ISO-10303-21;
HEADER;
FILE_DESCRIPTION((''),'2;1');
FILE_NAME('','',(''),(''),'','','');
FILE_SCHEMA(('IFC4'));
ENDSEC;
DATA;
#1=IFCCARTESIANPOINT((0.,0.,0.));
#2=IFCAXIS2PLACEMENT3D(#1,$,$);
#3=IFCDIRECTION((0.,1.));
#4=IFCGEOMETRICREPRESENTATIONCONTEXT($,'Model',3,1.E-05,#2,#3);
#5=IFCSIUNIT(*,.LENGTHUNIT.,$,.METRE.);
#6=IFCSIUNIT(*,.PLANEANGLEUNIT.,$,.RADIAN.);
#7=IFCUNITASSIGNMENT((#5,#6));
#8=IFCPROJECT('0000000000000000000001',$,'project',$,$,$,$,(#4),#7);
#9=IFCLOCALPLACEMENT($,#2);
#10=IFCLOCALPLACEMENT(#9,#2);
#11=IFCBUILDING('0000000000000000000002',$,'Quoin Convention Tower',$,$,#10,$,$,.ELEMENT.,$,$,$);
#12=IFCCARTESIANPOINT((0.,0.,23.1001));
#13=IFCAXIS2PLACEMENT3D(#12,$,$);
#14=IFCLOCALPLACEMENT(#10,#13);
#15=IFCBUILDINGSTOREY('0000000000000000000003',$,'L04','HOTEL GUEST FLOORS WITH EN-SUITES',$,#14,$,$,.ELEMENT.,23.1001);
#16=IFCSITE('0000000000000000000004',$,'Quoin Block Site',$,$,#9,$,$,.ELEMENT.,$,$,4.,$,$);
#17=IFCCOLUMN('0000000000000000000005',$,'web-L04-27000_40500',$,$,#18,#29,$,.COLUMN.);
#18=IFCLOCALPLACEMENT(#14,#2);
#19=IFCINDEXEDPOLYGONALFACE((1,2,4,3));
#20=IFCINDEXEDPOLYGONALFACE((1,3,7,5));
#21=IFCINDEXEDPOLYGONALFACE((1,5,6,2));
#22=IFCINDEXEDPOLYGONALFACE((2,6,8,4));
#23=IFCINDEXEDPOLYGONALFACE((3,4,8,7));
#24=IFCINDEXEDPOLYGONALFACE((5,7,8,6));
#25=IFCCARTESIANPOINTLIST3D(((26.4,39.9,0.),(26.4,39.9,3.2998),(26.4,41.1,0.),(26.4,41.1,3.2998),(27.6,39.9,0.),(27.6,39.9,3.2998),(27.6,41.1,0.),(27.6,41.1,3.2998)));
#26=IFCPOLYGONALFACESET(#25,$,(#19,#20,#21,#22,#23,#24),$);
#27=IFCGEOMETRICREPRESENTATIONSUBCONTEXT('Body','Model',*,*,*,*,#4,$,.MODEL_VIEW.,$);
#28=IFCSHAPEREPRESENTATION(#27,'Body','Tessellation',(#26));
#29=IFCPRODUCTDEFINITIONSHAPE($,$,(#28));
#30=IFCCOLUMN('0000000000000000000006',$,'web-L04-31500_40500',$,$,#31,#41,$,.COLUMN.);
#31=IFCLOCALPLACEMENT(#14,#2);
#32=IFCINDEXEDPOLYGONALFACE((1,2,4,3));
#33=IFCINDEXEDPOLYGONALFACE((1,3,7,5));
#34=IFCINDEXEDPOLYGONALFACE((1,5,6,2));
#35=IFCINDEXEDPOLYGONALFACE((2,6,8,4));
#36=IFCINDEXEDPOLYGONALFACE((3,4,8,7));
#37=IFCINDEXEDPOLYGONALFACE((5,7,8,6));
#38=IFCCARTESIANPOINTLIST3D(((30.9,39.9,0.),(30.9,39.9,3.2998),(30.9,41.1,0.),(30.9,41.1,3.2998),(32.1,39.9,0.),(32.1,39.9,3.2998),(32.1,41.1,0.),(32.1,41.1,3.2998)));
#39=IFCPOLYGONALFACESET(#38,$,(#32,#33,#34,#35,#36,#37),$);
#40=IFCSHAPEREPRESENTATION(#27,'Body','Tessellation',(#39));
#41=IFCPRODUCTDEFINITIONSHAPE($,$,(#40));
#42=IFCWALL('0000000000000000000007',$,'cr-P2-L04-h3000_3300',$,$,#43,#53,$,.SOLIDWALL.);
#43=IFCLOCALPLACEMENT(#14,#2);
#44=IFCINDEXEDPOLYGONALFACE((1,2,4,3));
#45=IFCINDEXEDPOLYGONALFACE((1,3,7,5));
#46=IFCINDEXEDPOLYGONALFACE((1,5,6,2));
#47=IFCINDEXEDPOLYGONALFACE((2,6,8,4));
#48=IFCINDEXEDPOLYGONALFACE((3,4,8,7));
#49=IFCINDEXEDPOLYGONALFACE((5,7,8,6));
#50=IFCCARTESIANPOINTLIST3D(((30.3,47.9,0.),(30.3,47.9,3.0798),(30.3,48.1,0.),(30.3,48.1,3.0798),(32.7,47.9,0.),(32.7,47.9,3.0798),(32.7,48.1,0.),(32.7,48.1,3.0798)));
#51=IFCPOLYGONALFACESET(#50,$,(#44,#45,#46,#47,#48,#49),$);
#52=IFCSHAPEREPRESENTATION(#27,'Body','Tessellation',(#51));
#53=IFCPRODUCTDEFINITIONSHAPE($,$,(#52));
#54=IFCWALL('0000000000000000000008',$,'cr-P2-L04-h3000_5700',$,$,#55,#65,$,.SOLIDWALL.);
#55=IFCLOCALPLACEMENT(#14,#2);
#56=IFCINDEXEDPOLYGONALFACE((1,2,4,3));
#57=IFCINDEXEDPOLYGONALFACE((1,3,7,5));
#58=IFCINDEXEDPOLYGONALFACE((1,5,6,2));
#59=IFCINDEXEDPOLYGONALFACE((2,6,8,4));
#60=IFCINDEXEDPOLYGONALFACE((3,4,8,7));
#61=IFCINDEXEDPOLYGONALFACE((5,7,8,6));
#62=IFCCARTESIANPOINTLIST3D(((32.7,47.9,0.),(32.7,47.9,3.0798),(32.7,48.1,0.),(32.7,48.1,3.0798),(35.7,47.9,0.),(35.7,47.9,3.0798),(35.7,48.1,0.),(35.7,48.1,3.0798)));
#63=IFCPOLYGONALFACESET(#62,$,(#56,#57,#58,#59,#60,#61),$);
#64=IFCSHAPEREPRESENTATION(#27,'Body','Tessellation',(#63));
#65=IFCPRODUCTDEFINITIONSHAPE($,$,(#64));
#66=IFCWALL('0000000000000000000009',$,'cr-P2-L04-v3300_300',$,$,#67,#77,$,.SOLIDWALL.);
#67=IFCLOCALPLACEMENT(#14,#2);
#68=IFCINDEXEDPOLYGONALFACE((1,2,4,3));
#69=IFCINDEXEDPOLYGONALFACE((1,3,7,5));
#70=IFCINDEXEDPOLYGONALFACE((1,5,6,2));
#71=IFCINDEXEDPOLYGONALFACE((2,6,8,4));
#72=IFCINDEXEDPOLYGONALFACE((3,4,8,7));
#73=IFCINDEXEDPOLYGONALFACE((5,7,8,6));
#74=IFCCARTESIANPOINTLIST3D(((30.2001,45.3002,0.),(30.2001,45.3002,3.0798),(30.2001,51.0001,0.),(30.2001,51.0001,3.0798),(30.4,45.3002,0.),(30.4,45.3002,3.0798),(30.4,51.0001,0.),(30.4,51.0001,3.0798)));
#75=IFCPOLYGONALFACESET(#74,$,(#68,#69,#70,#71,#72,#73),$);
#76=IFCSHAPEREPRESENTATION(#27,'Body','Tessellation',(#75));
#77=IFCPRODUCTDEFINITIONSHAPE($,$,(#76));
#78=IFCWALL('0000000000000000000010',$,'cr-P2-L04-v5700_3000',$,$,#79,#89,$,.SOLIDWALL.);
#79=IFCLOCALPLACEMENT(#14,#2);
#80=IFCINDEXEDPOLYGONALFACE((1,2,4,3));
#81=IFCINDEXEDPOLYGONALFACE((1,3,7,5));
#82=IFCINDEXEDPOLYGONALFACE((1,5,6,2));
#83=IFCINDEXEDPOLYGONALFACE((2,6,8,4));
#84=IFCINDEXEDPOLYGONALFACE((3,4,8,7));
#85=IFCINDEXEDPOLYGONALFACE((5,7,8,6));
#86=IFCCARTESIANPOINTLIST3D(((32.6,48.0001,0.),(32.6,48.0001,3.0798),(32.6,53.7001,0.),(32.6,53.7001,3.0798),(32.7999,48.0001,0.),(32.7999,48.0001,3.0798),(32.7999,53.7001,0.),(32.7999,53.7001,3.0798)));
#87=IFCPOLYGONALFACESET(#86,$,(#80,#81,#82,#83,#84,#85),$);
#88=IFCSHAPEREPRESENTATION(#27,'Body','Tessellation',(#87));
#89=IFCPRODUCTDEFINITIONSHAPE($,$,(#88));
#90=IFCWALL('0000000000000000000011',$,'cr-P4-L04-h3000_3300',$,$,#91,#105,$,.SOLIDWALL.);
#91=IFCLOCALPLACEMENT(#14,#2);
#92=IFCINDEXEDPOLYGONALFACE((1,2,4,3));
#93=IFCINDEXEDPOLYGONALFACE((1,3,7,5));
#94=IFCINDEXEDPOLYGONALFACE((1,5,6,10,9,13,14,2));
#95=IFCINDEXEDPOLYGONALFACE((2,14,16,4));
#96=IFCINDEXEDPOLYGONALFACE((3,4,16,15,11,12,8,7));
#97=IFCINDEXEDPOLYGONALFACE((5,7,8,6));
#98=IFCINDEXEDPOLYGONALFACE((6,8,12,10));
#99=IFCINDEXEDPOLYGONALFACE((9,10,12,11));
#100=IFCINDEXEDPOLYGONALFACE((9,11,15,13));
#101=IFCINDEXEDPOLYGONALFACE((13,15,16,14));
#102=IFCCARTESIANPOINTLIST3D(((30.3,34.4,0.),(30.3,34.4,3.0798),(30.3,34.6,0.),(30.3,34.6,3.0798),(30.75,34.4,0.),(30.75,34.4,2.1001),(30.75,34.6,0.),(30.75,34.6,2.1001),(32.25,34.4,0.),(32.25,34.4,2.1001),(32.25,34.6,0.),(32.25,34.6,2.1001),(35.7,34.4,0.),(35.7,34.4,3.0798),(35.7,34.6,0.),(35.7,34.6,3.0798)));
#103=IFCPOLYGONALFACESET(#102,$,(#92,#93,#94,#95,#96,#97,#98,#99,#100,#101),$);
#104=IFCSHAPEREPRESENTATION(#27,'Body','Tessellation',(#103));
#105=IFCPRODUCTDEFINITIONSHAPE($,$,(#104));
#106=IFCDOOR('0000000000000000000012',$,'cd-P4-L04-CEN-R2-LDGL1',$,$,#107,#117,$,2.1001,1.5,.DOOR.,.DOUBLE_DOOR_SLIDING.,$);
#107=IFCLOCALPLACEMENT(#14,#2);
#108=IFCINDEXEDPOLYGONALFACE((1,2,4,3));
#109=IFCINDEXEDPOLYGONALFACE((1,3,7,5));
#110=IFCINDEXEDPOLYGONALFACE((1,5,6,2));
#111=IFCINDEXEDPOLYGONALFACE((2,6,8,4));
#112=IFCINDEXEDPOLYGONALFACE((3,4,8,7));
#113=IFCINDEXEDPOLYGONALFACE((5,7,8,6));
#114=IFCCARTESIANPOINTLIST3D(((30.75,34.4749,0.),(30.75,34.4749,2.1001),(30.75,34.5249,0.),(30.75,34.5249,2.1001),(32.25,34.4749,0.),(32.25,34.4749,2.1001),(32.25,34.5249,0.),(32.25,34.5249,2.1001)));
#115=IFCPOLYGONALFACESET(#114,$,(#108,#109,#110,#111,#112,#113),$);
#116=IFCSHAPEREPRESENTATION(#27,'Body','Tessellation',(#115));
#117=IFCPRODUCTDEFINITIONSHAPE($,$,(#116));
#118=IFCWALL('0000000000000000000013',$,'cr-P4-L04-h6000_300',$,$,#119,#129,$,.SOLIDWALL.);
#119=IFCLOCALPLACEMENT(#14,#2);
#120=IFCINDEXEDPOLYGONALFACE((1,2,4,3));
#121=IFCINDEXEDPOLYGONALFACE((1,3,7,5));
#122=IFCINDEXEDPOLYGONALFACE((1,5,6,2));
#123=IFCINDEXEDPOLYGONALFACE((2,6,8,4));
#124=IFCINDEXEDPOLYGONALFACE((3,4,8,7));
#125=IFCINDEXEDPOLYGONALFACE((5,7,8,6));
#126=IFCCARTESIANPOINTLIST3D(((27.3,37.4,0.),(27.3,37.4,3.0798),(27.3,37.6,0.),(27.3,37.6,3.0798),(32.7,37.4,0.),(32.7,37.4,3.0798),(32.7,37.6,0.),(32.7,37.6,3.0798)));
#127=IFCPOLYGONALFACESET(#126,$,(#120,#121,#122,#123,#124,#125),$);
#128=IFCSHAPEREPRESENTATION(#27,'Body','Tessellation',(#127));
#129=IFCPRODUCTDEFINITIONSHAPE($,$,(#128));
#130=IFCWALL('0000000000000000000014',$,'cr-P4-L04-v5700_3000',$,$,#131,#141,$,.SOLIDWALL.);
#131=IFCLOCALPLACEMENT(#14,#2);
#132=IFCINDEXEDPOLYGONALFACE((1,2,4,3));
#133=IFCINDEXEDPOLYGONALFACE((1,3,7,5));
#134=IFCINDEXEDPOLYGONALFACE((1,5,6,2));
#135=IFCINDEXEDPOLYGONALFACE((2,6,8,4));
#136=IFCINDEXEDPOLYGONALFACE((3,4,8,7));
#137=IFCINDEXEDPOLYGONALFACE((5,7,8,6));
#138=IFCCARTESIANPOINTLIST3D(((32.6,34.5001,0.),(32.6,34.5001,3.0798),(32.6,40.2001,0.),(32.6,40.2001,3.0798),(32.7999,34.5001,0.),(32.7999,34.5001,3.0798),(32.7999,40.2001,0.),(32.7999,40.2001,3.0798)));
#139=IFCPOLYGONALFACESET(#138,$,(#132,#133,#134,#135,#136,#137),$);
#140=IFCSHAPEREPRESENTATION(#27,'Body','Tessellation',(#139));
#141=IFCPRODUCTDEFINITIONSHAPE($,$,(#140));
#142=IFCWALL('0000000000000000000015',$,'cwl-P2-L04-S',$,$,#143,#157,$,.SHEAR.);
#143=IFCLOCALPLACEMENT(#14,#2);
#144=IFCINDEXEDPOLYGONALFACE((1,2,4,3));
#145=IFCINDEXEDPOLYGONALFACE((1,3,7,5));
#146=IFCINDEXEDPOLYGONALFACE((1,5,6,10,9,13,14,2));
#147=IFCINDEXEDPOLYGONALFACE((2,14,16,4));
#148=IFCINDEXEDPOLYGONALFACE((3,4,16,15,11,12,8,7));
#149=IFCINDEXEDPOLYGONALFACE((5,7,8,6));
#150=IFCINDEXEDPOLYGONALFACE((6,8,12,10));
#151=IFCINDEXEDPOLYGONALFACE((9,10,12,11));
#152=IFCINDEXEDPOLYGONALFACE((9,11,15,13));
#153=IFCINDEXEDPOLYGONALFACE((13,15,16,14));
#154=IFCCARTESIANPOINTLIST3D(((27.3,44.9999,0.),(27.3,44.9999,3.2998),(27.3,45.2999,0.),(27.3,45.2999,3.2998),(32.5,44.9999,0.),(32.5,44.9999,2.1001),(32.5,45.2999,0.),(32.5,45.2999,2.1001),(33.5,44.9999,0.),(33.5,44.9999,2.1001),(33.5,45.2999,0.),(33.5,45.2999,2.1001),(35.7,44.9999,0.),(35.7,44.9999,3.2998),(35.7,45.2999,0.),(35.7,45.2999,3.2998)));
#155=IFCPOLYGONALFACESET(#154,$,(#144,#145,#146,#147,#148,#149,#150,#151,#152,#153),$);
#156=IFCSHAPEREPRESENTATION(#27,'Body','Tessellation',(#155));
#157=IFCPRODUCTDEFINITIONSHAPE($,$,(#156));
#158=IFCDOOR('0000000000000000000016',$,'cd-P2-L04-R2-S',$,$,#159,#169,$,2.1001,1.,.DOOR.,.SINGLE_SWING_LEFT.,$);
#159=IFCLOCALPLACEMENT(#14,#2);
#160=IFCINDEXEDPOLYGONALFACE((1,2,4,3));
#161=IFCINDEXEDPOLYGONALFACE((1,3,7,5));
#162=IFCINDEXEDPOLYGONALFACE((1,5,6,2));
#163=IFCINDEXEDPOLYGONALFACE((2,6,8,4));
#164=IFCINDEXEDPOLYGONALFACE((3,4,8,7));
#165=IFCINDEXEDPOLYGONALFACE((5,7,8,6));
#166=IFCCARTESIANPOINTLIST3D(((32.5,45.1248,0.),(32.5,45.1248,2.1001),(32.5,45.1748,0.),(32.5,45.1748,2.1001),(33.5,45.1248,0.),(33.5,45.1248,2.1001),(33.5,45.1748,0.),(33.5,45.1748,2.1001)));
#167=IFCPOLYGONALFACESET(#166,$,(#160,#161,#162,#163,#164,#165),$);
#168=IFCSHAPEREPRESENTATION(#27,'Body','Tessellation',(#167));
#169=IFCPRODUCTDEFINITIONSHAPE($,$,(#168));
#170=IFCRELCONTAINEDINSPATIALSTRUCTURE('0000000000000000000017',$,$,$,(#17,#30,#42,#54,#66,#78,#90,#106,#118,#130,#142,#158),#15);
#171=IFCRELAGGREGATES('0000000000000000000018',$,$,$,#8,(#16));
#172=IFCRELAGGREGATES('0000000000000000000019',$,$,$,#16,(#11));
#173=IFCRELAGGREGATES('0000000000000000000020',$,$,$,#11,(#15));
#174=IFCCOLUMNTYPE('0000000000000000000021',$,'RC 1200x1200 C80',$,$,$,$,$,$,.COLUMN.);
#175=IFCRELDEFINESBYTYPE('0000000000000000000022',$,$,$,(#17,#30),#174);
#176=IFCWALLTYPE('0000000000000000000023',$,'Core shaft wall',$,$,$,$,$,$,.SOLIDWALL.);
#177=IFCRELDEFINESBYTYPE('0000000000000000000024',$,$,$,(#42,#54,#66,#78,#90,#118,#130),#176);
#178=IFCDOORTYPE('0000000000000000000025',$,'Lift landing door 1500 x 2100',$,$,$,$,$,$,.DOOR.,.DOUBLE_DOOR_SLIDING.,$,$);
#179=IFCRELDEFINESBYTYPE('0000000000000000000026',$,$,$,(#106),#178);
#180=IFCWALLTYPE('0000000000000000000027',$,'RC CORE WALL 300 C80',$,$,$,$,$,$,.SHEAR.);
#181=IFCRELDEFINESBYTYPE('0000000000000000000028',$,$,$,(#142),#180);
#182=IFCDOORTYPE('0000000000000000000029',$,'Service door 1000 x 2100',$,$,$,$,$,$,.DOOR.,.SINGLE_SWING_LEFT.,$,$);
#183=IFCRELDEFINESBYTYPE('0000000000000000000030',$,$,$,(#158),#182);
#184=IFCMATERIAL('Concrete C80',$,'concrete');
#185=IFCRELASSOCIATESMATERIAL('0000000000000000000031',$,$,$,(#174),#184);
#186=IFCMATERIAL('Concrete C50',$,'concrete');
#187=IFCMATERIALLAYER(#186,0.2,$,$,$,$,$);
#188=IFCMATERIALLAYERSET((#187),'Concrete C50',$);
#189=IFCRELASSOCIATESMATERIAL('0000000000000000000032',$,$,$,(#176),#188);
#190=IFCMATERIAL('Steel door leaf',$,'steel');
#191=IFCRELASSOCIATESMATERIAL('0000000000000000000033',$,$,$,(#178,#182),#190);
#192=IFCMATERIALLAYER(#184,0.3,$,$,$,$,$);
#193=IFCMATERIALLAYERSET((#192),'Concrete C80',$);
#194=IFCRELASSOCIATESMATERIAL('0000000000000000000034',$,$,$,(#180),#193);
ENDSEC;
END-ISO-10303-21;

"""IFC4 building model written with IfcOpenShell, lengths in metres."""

from ifc_helpers import new_model, si_unit, direction, frame, frame_2d, origin, origin_2d, place, context, subcontext, project, spatial, rectangle, extrude, material, layer, layer_set, material_profile, profile_set, type_object, element, fill, save


model = new_model("IFC4")

# Units and contexts
model_context = context("Model", 3, precision=1e-05, world=origin(), true_north=direction((0.0, 1.0)))
body_context = subcontext(model_context, "Body", "Model", "MODEL_VIEW")
ifc_project = project(units=[si_unit("LENGTHUNIT", "METRE"), si_unit("PLANEANGLEUNIT", "RADIAN")], contexts=[model_context])

# Site, building, storey
site_placement = place(None, origin())
site = spatial("IfcSite", under=ifc_project, at=site_placement, Name="Quoin Block Site", CompositionType="ELEMENT", RefElevation=4.0)
building_placement = place(site_placement, origin())
building = spatial("IfcBuilding", under=site, at=building_placement, Name="Quoin Convention Tower", CompositionType="ELEMENT")
storey_placement = place(building_placement, frame((0.0, 0.0, 23.1001)))
storey = spatial("IfcBuildingStorey", under=building, at=storey_placement, Name="L04", Description="HOTEL GUEST FLOORS WITH EN-SUITES", CompositionType="ELEMENT", Elevation=23.1001)

# Columns
ifc_material_1 = material(Name="Concrete C80", Category="concrete")
ifc_material_profile = material_profile(ifc_material_1, rectangle(XDim=1.2, YDim=1.2, at=origin_2d()), Name="RC 1200x1200")
ifc_profile_set = profile_set([ifc_material_profile], Name="Concrete C80")
column_type = type_object("IfcColumnType", Name="RC 1200x1200 C80", PredefinedType="COLUMN", material=ifc_profile_set)
for number, where, z_axis, x_axis, name in (
    (1, (27.0, 40.5, 0.0), (0.0, 0.0, 1.0), (1.0, 0.0, 0.0), "web-L04-27000_40500"),
    (2, (31.5, 40.5, 0.0), (0.0, 0.0, 1.0), (1.0, 0.0, 0.0), "web-L04-31500_40500"),
):
    element("IfcColumn", number, at=place(storey_placement, frame(where, z_axis=z_axis, x_axis=x_axis)), inside=storey, type_object=column_type, Name=name, PredefinedType="COLUMN", context=body_context, shape_type="SweptSolid", body=[
        extrude(rectangle(XDim=1.2, YDim=1.2, at=origin_2d()), origin(), (0.0, 0.0, 1.0), 3.2998),
    ])

# Walls
ifc_material_2 = material(Name="Concrete C50", Category="concrete")
ifc_layer_1 = layer(ifc_material_2, 0.2)
ifc_layer_set_1 = layer_set([ifc_layer_1], Name="Concrete C50")
wall_type_1 = type_object("IfcWallType", Name="Core shaft wall", PredefinedType="SOLIDWALL", material=ifc_layer_set_1)
wall_1_placement = place(storey_placement, frame((30.3, 48.0, 0.0), z_axis=(0.0, 0.0, 1.0), x_axis=(1.0, 0.0, 0.0)))
element("IfcWall", 3, at=wall_1_placement, inside=storey, type_object=wall_type_1, Name="cr-P2-L04-h3000_3300", PredefinedType="SOLIDWALL", context=body_context, shape_type="SweptSolid", body=[
    extrude(rectangle(XDim=2.3999, YDim=0.2, at=frame_2d((1.2, 0.0))), origin(), (0.0, 0.0, 1.0), 3.0798),
])
wall_2_placement = place(storey_placement, frame((32.7, 48.0, 0.0), z_axis=(0.0, 0.0, 1.0), x_axis=(1.0, 0.0, 0.0)))
element("IfcWall", 4, at=wall_2_placement, inside=storey, type_object=wall_type_1, Name="cr-P2-L04-h3000_5700", PredefinedType="SOLIDWALL", context=body_context, shape_type="SweptSolid", body=[
    extrude(rectangle(XDim=3.0, YDim=0.2, at=frame_2d((1.5, 0.0))), origin(), (0.0, 0.0, 1.0), 3.0798),
])
for number, where, z_axis, x_axis, name in (
    (5, (30.3, 45.3, 0.0), (0.0, 0.0, 1.0), (0.0, 1.0, 0.0), "cr-P2-L04-v3300_300"),
    (6, (32.7, 48.0, 0.0), (0.0, 0.0, 1.0), (0.0, 1.0, 0.0), "cr-P2-L04-v5700_3000"),
):
    element("IfcWall", number, at=place(storey_placement, frame(where, z_axis=z_axis, x_axis=x_axis)), inside=storey, type_object=wall_type_1, Name=name, PredefinedType="SOLIDWALL", context=body_context, shape_type="SweptSolid", body=[
        extrude(rectangle(XDim=5.7, YDim=0.2, at=frame_2d((2.8501, 0.0))), origin(), (0.0, 0.0, 1.0), 3.0798),
    ])

# Wall, opening, door
wall_3_placement = place(storey_placement, frame((30.3, 34.5, 0.0), z_axis=(0.0, 0.0, 1.0), x_axis=(1.0, 0.0, 0.0)))
wall_3 = element("IfcWall", 7, at=wall_3_placement, inside=storey, type_object=wall_type_1, Name="cr-P4-L04-h3000_3300", PredefinedType="SOLIDWALL", context=body_context, shape_type="SweptSolid", body=[
    extrude(rectangle(XDim=5.3999, YDim=0.2, at=frame_2d((2.7, 0.0))), origin(), (0.0, 0.0, 1.0), 3.0798),
])
opening_1_placement = place(wall_3_placement, frame((0.45, 0.0, 0.0)))
opening_1 = element("IfcOpeningElement", 8, at=opening_1_placement, cuts=wall_3, PredefinedType="OPENING", context=body_context, shape_type="SweptSolid", body=[
    extrude(rectangle(XDim=1.5, YDim=2.1001, at=frame_2d((0.75, 1.05))), frame((0.0, 0.1099, 0.0), z_axis=(0.0, -1.0, 0.0), x_axis=(1.0, 0.0, 0.0)), (0.0, 0.0, 1.0), 0.22),
])
ifc_material_3 = material(Name="Steel door leaf", Category="steel")
door_type_1 = type_object("IfcDoorType", Name="Lift landing door 1500 x 2100", OperationType="DOUBLE_DOOR_SLIDING", PredefinedType="DOOR", material=ifc_material_3)
door_1_placement = place(opening_1_placement, origin())
door_1 = element("IfcDoor", 9, at=door_1_placement, inside=storey, type_object=door_type_1, Name="cd-P4-L04-CEN-R2-LDGL1", OperationType="DOUBLE_DOOR_SLIDING", OverallHeight=2.1001, OverallWidth=1.5, PredefinedType="DOOR", context=body_context, shape_type="SweptSolid", body=[
    extrude(rectangle(XDim=1.5, YDim=2.1001, at=frame_2d((0.75, 1.05))), frame((0.0, 0.0249, 0.0), z_axis=(0.0, -1.0, 0.0), x_axis=(1.0, 0.0, 0.0)), (0.0, 0.0, 1.0), 0.05),
])
fill(opening_1, door_1)

# Walls
wall_4_placement = place(storey_placement, frame((27.3, 37.5, 0.0), z_axis=(0.0, 0.0, 1.0), x_axis=(1.0, 0.0, 0.0)))
element("IfcWall", 10, at=wall_4_placement, inside=storey, type_object=wall_type_1, Name="cr-P4-L04-h6000_300", PredefinedType="SOLIDWALL", context=body_context, shape_type="SweptSolid", body=[
    extrude(rectangle(XDim=5.3999, YDim=0.2, at=frame_2d((2.7, 0.0))), origin(), (0.0, 0.0, 1.0), 3.0798),
])
wall_5_placement = place(storey_placement, frame((32.7, 34.5, 0.0), z_axis=(0.0, 0.0, 1.0), x_axis=(0.0, 1.0, 0.0)))
element("IfcWall", 11, at=wall_5_placement, inside=storey, type_object=wall_type_1, Name="cr-P4-L04-v5700_3000", PredefinedType="SOLIDWALL", context=body_context, shape_type="SweptSolid", body=[
    extrude(rectangle(XDim=5.7, YDim=0.2, at=frame_2d((2.8501, 0.0))), origin(), (0.0, 0.0, 1.0), 3.0798),
])

# Wall, opening, door
ifc_layer_2 = layer(ifc_material_1, 0.3)
ifc_layer_set_2 = layer_set([ifc_layer_2], Name="Concrete C80")
wall_type_2 = type_object("IfcWallType", Name="RC CORE WALL 300 C80", PredefinedType="SHEAR", material=ifc_layer_set_2)
wall_6_placement = place(storey_placement, frame((27.3, 45.1499, 0.0), z_axis=(0.0, 0.0, 1.0), x_axis=(1.0, 0.0, 0.0)))
wall_6 = element("IfcWall", 12, at=wall_6_placement, inside=storey, type_object=wall_type_2, Name="cwl-P2-L04-S", PredefinedType="SHEAR", context=body_context, shape_type="SweptSolid", body=[
    extrude(rectangle(XDim=8.3999, YDim=0.3, at=frame_2d((4.2, 0.0))), origin(), (0.0, 0.0, 1.0), 3.2998),
])
opening_2_placement = place(wall_6_placement, frame((5.2, 0.0, 0.0)))
opening_2 = element("IfcOpeningElement", 13, at=opening_2_placement, cuts=wall_6, PredefinedType="OPENING", context=body_context, shape_type="SweptSolid", body=[
    extrude(rectangle(XDim=1.0, YDim=2.1001, at=frame_2d((0.5, 1.05))), frame((0.0, 0.1599, 0.0), z_axis=(0.0, -1.0, 0.0), x_axis=(1.0, 0.0, 0.0)), (0.0, 0.0, 1.0), 0.3201),
])
door_type_2 = type_object("IfcDoorType", Name="Service door 1000 x 2100", OperationType="SINGLE_SWING_LEFT", PredefinedType="DOOR", material=ifc_material_3)
door_2_placement = place(opening_2_placement, origin())
door_2 = element("IfcDoor", 14, at=door_2_placement, inside=storey, type_object=door_type_2, Name="cd-P2-L04-R2-S", OperationType="SINGLE_SWING_LEFT", OverallHeight=2.1001, OverallWidth=1.0, PredefinedType="DOOR", context=body_context, shape_type="SweptSolid", body=[
    extrude(rectangle(XDim=1.0, YDim=2.1001, at=frame_2d((0.5, 1.05))), frame((0.0, 0.0249, 0.0), z_axis=(0.0, -1.0, 0.0), x_axis=(1.0, 0.0, 0.0)), (0.0, 0.0, 1.0), 0.05),
])
fill(opening_2, door_2)

save(model, "model.ifc")
